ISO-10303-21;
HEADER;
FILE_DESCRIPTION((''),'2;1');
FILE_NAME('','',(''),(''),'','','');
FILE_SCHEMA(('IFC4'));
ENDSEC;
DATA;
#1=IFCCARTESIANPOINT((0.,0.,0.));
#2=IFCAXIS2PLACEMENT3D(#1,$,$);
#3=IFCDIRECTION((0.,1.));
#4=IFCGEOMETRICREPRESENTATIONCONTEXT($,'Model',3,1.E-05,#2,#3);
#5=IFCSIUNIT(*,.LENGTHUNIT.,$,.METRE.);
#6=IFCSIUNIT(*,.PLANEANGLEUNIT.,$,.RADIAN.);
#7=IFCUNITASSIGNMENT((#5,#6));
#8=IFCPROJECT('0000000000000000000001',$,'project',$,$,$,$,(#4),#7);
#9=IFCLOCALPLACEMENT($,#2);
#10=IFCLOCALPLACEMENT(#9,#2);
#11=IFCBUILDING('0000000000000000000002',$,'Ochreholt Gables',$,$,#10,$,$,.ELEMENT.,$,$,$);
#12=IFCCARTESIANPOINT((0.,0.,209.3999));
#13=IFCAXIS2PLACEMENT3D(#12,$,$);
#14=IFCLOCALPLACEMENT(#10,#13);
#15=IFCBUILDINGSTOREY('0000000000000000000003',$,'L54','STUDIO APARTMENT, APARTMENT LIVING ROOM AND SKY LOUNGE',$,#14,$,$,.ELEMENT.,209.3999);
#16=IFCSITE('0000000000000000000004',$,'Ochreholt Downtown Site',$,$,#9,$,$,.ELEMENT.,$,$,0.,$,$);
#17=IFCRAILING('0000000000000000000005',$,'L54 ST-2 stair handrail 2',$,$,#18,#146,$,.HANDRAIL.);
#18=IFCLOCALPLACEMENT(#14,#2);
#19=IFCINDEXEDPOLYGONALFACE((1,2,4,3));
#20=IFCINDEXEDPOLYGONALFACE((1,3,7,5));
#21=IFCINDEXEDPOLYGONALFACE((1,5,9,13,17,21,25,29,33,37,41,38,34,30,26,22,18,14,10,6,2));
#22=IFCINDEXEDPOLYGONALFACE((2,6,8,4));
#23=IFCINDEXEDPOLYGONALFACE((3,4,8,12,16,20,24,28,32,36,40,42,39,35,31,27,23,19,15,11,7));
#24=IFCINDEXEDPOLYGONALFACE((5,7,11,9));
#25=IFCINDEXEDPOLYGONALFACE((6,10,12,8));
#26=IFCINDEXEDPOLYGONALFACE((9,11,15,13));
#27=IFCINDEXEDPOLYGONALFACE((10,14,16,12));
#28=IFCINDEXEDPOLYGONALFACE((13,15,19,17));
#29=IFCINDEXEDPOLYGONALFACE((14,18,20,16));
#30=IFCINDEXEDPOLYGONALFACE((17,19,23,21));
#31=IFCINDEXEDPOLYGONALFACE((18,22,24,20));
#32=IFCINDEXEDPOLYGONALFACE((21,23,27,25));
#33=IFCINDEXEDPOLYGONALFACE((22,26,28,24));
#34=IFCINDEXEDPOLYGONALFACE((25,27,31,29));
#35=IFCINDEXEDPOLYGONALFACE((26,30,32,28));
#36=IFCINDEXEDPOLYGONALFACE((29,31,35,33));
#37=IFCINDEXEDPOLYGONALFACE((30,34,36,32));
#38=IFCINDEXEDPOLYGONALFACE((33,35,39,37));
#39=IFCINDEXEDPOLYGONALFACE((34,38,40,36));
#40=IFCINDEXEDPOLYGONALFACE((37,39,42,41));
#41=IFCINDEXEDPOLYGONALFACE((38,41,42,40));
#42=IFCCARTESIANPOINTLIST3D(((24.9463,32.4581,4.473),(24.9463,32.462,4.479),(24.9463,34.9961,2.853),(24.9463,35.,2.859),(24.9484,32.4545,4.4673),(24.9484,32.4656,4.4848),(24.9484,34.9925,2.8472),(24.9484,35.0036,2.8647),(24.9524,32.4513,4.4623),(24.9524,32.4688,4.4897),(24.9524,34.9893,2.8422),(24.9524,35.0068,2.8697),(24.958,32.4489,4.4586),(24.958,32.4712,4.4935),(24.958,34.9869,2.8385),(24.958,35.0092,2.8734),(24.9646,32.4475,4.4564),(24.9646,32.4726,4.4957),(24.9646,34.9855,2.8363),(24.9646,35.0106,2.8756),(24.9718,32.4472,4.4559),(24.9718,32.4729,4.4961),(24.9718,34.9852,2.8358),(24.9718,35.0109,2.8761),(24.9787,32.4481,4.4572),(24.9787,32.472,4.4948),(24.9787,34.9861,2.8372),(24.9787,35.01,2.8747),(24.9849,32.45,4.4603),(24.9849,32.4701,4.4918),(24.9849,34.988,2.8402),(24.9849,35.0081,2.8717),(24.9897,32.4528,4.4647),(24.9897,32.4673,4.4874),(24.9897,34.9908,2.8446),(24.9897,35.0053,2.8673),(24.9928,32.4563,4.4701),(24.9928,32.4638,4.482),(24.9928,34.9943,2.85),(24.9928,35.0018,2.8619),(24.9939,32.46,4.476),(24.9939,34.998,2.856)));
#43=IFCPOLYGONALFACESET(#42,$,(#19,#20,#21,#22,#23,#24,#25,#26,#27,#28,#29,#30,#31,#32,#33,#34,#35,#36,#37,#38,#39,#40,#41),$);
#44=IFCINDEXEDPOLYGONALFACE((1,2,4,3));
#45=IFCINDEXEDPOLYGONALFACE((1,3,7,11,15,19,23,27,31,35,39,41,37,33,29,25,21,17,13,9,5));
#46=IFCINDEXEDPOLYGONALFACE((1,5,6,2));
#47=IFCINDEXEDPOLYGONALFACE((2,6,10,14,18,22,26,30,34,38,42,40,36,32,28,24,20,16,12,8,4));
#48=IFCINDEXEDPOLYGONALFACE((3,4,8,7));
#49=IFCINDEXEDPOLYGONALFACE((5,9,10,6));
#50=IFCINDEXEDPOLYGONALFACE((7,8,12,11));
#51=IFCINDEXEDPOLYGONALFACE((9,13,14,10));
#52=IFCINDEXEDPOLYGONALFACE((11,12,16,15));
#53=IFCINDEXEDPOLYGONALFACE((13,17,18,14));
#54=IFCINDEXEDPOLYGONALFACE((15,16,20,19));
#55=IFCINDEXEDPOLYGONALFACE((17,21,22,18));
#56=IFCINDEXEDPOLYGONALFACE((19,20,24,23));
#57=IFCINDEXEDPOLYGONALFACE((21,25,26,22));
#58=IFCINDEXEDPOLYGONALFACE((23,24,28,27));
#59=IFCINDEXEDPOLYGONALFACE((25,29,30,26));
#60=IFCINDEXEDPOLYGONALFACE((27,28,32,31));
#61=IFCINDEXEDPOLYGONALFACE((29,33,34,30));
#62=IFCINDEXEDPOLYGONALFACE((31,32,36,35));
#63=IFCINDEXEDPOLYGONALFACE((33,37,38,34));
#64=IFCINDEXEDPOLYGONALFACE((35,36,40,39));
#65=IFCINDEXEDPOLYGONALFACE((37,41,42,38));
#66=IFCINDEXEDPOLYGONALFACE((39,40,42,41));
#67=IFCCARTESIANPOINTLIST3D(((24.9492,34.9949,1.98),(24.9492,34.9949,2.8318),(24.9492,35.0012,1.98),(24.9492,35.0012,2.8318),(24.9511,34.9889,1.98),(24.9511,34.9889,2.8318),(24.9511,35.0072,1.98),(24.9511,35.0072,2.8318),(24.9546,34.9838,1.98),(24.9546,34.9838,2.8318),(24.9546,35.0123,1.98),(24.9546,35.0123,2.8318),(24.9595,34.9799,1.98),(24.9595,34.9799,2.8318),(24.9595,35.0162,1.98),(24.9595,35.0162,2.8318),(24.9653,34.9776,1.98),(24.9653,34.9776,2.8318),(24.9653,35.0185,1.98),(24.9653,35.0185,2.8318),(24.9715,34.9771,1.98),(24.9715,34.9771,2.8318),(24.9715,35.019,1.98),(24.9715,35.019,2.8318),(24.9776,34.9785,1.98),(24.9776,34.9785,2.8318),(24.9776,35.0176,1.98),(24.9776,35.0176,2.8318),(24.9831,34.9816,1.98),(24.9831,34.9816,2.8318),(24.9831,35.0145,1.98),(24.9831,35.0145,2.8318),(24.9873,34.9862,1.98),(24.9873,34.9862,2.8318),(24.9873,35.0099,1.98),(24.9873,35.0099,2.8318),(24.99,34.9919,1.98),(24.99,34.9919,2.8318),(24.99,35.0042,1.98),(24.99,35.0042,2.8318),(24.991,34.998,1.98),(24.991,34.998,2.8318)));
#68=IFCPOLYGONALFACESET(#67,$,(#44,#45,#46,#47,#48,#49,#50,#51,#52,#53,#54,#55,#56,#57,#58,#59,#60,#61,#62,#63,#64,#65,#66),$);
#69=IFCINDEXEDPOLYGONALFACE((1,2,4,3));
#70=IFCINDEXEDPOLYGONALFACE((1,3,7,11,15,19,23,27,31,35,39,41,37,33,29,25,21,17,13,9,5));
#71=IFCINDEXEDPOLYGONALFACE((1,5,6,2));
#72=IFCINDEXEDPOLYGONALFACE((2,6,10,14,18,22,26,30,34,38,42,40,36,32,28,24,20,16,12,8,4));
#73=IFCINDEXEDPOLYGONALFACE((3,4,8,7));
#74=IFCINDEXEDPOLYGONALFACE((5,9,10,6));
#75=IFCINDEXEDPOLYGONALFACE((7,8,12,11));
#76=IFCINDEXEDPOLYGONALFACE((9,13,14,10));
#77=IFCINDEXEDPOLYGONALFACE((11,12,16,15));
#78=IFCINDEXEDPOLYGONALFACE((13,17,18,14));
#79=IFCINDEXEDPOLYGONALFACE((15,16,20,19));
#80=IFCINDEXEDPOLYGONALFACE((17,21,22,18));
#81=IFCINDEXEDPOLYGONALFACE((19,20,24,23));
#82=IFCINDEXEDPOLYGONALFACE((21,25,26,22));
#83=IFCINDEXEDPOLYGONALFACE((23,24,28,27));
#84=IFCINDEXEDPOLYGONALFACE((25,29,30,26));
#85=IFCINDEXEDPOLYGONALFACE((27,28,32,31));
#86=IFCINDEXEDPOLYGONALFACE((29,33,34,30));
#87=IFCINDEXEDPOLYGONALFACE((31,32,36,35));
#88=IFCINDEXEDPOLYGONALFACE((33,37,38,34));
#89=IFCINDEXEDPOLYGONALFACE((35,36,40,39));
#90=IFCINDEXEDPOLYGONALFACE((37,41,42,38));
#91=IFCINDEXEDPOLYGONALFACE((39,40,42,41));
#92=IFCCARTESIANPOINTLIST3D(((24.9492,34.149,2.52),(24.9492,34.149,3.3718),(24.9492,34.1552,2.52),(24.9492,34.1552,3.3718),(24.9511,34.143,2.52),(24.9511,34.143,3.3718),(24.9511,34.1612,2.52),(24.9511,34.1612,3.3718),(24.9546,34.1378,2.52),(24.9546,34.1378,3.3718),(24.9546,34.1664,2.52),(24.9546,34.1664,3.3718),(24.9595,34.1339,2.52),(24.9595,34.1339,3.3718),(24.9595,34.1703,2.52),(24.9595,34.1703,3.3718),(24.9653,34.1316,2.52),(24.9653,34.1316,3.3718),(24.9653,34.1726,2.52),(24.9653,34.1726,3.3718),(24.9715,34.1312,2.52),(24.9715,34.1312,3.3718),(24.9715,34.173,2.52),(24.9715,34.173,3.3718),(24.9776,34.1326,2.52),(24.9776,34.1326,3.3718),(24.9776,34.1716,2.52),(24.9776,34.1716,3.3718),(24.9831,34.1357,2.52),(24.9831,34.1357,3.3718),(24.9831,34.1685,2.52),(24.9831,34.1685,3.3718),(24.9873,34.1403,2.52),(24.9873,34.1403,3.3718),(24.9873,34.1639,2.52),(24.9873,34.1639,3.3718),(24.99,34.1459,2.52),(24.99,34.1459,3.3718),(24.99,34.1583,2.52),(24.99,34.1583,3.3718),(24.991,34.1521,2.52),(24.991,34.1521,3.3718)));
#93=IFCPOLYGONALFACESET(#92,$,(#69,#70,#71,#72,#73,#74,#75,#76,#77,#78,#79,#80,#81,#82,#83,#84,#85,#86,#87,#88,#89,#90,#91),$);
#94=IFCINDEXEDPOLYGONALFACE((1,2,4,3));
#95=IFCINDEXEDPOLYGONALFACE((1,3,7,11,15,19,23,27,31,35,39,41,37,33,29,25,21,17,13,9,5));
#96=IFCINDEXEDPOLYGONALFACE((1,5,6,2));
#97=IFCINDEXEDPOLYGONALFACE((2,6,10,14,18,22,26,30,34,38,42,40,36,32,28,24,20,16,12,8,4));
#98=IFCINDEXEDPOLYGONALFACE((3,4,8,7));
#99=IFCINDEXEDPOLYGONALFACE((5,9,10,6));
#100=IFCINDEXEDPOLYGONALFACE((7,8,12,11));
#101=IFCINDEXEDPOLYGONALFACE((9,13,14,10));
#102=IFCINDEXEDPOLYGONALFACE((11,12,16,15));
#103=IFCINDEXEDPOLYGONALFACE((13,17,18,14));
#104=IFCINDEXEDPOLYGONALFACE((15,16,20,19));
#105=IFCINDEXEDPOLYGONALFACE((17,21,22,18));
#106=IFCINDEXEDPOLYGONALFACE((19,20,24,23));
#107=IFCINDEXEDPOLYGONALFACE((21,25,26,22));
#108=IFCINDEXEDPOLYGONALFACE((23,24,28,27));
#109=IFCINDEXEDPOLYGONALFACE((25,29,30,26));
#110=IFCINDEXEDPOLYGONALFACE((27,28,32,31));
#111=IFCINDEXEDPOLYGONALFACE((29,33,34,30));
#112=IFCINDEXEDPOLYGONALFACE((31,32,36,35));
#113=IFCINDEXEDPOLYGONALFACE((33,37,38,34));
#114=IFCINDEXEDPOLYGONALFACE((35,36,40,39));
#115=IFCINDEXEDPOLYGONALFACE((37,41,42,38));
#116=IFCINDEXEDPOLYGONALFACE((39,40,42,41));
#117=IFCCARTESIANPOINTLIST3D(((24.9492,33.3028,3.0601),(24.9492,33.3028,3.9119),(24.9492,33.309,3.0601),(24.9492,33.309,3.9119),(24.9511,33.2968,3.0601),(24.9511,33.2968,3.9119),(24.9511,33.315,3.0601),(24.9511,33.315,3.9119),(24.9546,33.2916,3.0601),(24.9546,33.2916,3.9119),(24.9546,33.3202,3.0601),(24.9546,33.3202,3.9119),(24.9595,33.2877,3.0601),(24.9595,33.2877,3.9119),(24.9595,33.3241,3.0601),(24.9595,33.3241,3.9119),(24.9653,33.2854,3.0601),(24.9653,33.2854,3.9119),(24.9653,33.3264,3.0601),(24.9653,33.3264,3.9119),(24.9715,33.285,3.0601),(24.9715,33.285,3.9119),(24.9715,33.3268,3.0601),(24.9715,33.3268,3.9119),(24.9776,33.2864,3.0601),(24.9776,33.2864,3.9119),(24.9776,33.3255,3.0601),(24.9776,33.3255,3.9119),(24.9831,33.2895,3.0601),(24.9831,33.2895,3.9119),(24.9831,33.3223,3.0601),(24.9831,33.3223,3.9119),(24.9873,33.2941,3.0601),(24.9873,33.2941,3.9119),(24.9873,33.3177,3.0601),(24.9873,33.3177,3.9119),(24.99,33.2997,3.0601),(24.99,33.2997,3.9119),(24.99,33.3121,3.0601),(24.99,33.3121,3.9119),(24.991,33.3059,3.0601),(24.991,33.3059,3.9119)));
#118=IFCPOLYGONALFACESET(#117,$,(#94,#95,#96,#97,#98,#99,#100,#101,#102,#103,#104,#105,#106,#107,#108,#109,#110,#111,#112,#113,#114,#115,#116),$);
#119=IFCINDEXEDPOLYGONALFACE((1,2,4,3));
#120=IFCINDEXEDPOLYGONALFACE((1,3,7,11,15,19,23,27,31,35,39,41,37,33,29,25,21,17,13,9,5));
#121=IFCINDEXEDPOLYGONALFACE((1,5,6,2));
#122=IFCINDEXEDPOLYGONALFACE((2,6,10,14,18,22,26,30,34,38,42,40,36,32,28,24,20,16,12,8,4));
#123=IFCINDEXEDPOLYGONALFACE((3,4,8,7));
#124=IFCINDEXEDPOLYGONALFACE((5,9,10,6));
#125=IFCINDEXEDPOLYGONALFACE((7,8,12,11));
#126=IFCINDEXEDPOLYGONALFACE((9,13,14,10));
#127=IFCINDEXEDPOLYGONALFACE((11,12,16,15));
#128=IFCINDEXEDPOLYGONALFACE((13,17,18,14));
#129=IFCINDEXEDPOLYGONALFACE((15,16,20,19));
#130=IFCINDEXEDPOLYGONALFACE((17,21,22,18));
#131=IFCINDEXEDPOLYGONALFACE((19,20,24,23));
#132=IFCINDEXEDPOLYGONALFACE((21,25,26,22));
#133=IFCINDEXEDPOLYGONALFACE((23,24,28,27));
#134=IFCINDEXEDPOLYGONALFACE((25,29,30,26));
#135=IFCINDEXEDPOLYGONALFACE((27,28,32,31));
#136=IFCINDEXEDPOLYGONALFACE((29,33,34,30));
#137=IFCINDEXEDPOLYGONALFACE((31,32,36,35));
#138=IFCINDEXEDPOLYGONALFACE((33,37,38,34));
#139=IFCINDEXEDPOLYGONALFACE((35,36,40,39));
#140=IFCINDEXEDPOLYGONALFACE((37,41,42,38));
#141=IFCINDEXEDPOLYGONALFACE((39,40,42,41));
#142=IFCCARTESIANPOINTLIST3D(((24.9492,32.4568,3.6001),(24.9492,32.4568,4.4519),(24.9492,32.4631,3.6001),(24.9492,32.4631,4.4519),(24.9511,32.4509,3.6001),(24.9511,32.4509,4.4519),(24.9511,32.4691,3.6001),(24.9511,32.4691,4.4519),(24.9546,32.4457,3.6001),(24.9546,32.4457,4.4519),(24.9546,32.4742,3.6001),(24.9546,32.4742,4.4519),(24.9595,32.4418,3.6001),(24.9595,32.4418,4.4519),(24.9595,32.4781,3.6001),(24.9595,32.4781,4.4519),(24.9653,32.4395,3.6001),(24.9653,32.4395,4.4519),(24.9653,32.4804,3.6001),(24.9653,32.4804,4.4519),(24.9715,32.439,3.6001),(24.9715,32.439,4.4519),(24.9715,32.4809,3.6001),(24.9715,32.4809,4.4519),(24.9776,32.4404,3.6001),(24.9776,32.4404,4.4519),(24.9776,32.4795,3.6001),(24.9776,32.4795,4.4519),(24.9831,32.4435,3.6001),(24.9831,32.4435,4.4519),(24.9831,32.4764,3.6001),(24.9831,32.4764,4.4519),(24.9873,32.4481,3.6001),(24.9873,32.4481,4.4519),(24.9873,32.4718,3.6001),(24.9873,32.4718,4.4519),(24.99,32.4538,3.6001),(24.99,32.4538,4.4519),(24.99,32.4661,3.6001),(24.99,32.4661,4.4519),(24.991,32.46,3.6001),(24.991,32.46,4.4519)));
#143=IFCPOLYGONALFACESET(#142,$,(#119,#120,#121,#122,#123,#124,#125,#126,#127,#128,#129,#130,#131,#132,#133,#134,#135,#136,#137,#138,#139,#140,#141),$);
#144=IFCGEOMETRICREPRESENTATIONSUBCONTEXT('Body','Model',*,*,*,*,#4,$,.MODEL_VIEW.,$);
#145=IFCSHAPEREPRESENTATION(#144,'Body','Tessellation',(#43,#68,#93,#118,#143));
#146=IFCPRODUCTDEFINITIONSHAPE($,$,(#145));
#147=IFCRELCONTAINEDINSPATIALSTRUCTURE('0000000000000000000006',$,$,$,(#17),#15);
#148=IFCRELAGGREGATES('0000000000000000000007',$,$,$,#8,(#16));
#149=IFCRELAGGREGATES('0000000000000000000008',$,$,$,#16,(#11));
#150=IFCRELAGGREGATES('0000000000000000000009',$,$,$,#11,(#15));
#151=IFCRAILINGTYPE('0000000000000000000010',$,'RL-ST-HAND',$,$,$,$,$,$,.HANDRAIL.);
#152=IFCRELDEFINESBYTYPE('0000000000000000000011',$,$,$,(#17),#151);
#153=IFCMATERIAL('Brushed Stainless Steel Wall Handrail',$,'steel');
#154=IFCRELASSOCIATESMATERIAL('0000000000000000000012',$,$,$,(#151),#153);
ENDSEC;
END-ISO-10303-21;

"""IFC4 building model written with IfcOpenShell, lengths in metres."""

from ifc_helpers import new_model, si_unit, direction, frame, origin, origin_2d, place, context, subcontext, project, spatial, circle, extrude, material, type_object, element, save


model = new_model("IFC4")

# Units and contexts
model_context = context("Model", 3, precision=1e-05, world=origin(), true_north=direction((0.0, 1.0)))
body_context = subcontext(model_context, "Body", "Model", "MODEL_VIEW")
ifc_project = project(units=[si_unit("LENGTHUNIT", "METRE"), si_unit("PLANEANGLEUNIT", "RADIAN")], contexts=[model_context])

# Site, building, storey
site_placement = place(None, origin())
site = spatial("IfcSite", under=ifc_project, at=site_placement, Name="Ochreholt Downtown Site", CompositionType="ELEMENT", RefElevation=0.0)
building_placement = place(site_placement, origin())
building = spatial("IfcBuilding", under=site, at=building_placement, Name="Ochreholt Gables", CompositionType="ELEMENT")
storey_placement = place(building_placement, frame((0.0, 0.0, 209.3999)))
storey = spatial("IfcBuildingStorey", under=building, at=storey_placement, Name="L54", Description="STUDIO APARTMENT, APARTMENT LIVING ROOM AND SKY LOUNGE", CompositionType="ELEMENT", Elevation=209.3999)

# Railing
ifc_material_1 = material(Name="Brushed Stainless Steel Wall Handrail", Category="steel")
railing_type_1 = type_object("IfcRailingType", Name="RL-ST-HAND", PredefinedType="HANDRAIL", material=ifc_material_1)
railing_1_placement = place(storey_placement, frame((24.97, 34.998, 1.98)))
element("IfcRailing", 1, at=railing_1_placement, inside=storey, type_object=railing_type_1, Name="L54 ST-2 stair handrail 2", PredefinedType="HANDRAIL", context=body_context, shape_type="SweptSolid", body=[
    extrude(circle(Radius=0.0239, at=origin_2d()), frame((0.0, 0.0, 0.876), z_axis=(0.0, -0.842913, 0.53805), x_axis=(1.0, 0.0, 0.0)), (0.0, 0.0, 1.0), 3.011),
    extrude(circle(Radius=0.021, at=origin_2d()), origin(), (0.0, 0.0, 1.0), 0.8518),
    extrude(circle(Radius=0.021, at=origin_2d()), frame((0.0, -0.8459, 0.54)), (0.0, 0.0, 1.0), 0.8518),
    extrude(circle(Radius=0.021, at=origin_2d()), frame((0.0, -1.6921, 1.0801)), (0.0, 0.0, 1.0), 0.8518),
    extrude(circle(Radius=0.021, at=origin_2d()), frame((0.0, -2.5381, 1.6201)), (0.0, 0.0, 1.0), 0.8518),
])

save(model, "model.ifc")
